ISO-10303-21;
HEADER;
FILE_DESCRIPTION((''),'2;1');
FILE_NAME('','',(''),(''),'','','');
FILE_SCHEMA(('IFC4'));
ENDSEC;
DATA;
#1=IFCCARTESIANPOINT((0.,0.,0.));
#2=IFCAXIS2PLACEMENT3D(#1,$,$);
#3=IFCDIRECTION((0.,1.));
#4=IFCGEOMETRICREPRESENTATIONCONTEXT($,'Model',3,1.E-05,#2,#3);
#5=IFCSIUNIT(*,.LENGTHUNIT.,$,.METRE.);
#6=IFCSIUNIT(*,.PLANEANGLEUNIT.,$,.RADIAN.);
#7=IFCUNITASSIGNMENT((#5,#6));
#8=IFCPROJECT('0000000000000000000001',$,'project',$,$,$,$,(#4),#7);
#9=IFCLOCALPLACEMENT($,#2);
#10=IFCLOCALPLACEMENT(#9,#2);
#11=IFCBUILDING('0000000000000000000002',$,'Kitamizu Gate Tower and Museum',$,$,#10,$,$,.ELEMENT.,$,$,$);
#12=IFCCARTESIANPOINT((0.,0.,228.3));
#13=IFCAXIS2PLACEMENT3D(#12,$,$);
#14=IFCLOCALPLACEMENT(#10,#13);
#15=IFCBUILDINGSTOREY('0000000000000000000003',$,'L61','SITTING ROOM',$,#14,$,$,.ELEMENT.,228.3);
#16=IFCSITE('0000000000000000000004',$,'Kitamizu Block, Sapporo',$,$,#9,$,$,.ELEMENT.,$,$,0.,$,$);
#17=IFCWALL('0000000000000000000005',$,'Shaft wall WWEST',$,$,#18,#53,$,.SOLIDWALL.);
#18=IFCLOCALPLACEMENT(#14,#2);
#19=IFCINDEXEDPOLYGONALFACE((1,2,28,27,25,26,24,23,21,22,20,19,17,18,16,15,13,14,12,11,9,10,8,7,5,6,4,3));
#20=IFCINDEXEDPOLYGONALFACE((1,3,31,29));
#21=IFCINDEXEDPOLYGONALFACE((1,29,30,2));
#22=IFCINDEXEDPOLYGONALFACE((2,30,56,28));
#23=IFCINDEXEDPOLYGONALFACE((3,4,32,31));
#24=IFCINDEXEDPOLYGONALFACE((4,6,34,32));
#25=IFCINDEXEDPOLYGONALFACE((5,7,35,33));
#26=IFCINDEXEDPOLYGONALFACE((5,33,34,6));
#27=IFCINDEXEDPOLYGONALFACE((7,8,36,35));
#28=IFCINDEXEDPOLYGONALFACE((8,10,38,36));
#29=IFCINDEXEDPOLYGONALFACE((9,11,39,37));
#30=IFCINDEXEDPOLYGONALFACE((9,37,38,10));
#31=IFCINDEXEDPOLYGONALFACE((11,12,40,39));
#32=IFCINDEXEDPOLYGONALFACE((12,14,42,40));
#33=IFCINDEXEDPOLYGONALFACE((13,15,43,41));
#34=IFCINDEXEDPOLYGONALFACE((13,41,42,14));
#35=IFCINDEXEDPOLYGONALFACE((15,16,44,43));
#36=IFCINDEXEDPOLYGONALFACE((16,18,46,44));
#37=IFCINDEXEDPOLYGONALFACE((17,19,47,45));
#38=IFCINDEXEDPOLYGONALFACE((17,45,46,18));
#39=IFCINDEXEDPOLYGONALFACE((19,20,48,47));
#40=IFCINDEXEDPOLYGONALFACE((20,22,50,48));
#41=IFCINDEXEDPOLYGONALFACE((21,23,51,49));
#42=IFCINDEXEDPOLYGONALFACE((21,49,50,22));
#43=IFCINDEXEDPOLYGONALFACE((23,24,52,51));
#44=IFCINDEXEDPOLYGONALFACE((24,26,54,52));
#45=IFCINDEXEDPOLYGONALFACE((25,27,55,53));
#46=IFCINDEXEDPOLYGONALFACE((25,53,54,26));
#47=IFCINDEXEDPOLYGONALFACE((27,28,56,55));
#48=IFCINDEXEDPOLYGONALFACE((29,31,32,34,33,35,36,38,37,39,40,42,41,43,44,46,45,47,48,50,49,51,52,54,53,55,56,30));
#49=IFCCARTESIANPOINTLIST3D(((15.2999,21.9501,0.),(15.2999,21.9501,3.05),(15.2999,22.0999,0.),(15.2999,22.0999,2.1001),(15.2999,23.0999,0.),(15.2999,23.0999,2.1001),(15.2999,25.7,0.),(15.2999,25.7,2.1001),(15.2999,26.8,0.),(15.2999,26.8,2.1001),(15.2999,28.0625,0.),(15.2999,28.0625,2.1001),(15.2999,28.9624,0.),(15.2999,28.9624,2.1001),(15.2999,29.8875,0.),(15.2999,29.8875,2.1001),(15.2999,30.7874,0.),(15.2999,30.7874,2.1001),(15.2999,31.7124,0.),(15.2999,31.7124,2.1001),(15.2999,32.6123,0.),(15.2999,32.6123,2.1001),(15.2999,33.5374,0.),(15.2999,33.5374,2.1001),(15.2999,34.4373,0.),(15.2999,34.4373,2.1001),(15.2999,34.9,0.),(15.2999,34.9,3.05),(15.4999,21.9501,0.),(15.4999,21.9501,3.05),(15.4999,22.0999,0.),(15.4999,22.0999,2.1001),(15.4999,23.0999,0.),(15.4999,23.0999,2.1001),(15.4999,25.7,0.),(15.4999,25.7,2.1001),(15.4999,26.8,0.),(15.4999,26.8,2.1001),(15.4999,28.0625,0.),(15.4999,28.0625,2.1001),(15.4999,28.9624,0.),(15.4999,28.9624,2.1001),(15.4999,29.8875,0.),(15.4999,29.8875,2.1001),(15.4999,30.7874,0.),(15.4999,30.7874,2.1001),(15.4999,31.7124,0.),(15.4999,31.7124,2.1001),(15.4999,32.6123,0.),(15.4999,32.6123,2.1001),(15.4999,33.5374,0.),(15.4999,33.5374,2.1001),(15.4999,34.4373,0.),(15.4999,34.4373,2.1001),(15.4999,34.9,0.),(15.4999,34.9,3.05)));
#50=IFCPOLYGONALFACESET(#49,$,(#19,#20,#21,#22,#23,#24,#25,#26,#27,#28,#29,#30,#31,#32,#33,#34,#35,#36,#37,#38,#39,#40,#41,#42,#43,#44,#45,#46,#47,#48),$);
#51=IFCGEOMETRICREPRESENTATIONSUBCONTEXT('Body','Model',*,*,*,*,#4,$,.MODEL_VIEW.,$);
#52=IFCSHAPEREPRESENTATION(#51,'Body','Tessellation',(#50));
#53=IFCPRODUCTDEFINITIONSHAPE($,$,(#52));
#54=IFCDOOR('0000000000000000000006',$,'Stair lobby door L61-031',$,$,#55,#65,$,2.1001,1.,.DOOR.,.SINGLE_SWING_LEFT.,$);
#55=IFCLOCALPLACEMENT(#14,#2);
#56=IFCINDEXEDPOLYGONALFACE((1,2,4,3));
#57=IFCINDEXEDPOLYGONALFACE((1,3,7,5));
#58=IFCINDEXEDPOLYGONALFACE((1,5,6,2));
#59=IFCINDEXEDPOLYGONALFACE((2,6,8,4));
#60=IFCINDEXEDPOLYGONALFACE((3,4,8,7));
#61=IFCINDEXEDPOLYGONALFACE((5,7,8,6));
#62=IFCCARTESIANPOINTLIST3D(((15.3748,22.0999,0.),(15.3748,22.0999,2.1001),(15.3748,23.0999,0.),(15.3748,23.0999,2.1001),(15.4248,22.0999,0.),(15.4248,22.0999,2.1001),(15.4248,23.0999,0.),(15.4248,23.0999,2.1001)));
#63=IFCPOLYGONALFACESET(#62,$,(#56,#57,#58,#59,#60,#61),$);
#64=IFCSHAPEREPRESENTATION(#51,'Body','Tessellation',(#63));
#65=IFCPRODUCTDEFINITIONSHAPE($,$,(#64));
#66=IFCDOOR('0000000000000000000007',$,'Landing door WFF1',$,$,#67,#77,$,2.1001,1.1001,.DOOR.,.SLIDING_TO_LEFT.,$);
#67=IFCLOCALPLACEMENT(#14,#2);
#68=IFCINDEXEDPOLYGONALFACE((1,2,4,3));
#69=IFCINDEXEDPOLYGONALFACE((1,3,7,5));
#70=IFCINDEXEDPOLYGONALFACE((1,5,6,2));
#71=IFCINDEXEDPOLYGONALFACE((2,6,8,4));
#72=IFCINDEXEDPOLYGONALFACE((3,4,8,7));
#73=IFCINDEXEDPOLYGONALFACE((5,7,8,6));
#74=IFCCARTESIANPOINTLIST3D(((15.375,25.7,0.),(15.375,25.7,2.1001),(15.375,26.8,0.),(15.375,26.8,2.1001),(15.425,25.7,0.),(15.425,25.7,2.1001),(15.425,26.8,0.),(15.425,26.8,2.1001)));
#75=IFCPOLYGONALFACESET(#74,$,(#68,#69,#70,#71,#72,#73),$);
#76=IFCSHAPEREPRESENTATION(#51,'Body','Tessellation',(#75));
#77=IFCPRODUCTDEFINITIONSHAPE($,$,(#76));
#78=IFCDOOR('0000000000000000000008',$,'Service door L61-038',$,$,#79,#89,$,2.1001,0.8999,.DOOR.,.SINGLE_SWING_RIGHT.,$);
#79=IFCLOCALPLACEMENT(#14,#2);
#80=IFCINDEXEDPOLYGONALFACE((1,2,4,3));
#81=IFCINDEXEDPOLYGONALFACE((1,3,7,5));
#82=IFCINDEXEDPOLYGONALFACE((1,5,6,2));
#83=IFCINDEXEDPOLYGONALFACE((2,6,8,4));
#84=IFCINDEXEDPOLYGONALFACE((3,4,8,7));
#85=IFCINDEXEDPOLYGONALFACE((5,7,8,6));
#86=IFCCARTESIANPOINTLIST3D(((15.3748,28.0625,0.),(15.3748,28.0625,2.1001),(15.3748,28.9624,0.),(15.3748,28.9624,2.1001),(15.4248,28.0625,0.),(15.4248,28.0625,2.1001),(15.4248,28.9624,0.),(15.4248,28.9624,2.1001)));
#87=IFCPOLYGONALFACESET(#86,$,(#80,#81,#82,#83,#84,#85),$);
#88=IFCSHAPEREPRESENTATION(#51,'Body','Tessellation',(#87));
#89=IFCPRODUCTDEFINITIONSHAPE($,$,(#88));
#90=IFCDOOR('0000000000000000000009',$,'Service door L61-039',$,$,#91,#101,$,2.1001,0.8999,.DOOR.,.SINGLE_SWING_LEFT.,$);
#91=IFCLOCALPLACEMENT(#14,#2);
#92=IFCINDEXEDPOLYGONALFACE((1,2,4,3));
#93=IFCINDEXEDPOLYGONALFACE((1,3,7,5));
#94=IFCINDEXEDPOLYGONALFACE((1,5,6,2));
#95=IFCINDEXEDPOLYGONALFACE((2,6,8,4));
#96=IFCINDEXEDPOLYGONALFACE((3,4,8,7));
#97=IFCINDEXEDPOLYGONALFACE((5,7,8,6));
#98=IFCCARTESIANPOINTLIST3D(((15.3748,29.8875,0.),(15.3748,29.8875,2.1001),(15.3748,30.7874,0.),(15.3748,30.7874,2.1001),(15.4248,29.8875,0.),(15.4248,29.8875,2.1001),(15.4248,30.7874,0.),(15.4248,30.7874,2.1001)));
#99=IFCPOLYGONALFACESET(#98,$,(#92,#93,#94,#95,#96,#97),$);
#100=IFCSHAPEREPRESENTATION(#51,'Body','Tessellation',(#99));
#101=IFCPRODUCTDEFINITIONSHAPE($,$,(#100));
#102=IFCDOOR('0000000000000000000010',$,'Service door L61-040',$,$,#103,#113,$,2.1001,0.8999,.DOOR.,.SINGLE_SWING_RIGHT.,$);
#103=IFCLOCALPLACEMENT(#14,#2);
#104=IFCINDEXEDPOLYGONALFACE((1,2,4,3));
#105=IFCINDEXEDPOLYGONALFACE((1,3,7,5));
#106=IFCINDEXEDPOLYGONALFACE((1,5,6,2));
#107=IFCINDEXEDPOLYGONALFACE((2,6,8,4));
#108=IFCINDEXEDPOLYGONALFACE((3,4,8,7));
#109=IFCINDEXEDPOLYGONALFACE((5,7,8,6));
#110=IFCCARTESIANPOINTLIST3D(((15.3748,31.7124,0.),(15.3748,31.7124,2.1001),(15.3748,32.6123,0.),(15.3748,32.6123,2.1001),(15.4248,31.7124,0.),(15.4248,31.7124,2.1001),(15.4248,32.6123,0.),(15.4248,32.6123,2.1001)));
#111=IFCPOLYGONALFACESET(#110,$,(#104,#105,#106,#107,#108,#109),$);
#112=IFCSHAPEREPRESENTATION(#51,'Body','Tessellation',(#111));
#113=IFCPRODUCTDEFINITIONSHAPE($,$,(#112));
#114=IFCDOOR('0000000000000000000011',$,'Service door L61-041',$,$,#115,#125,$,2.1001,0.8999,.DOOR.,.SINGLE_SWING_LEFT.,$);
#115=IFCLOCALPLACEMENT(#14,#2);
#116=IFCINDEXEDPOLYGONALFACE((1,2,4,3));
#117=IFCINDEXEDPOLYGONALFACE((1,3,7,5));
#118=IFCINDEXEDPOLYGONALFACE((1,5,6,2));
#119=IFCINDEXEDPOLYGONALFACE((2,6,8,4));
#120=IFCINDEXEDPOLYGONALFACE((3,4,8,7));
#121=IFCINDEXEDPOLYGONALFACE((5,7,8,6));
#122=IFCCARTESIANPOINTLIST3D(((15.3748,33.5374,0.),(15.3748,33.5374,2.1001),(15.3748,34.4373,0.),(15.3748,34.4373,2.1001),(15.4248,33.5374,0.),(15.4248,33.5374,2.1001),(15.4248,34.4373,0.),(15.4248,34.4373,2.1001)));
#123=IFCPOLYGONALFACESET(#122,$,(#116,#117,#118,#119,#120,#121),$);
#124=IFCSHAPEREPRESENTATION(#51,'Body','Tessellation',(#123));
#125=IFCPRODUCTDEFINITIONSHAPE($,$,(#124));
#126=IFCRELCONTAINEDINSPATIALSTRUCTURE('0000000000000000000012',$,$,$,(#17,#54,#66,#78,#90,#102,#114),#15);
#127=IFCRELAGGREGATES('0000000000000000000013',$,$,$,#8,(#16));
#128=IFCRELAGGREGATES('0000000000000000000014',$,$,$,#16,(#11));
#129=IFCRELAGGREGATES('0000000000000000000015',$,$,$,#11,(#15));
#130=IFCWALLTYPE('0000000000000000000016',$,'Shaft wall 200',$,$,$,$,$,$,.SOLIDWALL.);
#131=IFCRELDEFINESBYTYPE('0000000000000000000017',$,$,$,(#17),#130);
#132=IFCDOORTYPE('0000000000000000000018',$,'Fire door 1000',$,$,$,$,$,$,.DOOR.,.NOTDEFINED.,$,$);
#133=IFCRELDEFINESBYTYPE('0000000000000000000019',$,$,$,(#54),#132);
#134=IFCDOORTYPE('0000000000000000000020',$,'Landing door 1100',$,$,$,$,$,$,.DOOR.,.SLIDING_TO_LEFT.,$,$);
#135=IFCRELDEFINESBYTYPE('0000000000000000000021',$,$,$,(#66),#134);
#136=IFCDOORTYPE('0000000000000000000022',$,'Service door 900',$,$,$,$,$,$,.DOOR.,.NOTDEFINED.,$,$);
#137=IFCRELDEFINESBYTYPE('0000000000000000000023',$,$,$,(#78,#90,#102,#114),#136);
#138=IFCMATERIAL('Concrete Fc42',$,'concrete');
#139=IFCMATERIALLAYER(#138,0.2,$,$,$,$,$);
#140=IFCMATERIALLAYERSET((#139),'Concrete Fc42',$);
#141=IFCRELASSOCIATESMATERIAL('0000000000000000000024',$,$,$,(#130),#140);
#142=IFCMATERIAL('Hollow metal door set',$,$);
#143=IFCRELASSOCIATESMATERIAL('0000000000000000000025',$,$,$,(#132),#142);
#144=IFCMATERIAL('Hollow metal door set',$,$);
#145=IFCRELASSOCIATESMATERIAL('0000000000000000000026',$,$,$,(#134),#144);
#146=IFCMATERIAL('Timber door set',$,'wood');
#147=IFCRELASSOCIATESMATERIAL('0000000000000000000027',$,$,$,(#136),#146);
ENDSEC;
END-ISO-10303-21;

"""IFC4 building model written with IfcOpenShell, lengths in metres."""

from ifc_helpers import new_model, si_unit, direction, frame, frame_2d, origin, place, context, subcontext, project, spatial, rectangle, extrude, material, layer, layer_set, type_object, element, fill, save


model = new_model("IFC4")

# Units and contexts
model_context = context("Model", 3, precision=1e-05, world=origin(), true_north=direction((0.0, 1.0)))
body_context = subcontext(model_context, "Body", "Model", "MODEL_VIEW")
ifc_project = project(units=[si_unit("LENGTHUNIT", "METRE"), si_unit("PLANEANGLEUNIT", "RADIAN")], contexts=[model_context])

# Site, building, storey
site_placement = place(None, origin())
site = spatial("IfcSite", under=ifc_project, at=site_placement, Name="Kitamizu Block, Sapporo", CompositionType="ELEMENT", RefElevation=0.0)
building_placement = place(site_placement, origin())
building = spatial("IfcBuilding", under=site, at=building_placement, Name="Kitamizu Gate Tower and Museum", CompositionType="ELEMENT")
storey_placement = place(building_placement, frame((0.0, 0.0, 228.3)))
storey = spatial("IfcBuildingStorey", under=building, at=storey_placement, Name="L61", Description="SITTING ROOM", CompositionType="ELEMENT", Elevation=228.3)

# Wall, openings, doors
ifc_material_1 = material(Name="Concrete Fc42", Category="concrete")
ifc_layer_1 = layer(ifc_material_1, 0.2)
ifc_layer_set_1 = layer_set([ifc_layer_1], Name="Concrete Fc42")
wall_type_1 = type_object("IfcWallType", Name="Shaft wall 200", PredefinedType="SOLIDWALL", material=ifc_layer_set_1)
wall_1_placement = place(storey_placement, frame((15.3999, 21.95, 0.0), z_axis=(0.0, 0.0, 1.0), x_axis=(0.0, 1.0, 0.0)))
wall_1 = element("IfcWall", 1, at=wall_1_placement, inside=storey, type_object=wall_type_1, Name="Shaft wall WWEST", PredefinedType="SOLIDWALL", context=body_context, shape_type="SweptSolid", body=[
    extrude(rectangle(XDim=12.95, YDim=0.2, at=frame_2d((6.4751, 0.0))), origin(), (0.0, 0.0, 1.0), 3.05),
])
opening_1_placement = place(wall_1_placement, frame((3.75, 0.0, 0.0)))
opening_1 = element("IfcOpeningElement", 2, at=opening_1_placement, cuts=wall_1, PredefinedType="OPENING", context=body_context, shape_type="SweptSolid", body=[
    extrude(rectangle(XDim=1.1001, YDim=2.1001, at=frame_2d((0.55, 1.05))), frame((0.0, 0.1099, 0.0), z_axis=(0.0, -1.0, 0.0), x_axis=(1.0, 0.0, 0.0)), (0.0, 0.0, 1.0), 0.22),
])
opening_2_placement = place(wall_1_placement, frame((0.1499, 0.0, 0.0)))
opening_2 = element("IfcOpeningElement", 3, at=opening_2_placement, cuts=wall_1, PredefinedType="OPENING", context=body_context, shape_type="SweptSolid", body=[
    extrude(rectangle(XDim=1.0, YDim=2.1001, at=frame_2d((0.5, 1.05))), frame((0.0, 0.1099, 0.0), z_axis=(0.0, -1.0, 0.0), x_axis=(1.0, 0.0, 0.0)), (0.0, 0.0, 1.0), 0.22),
])
opening_3_placement = place(wall_1_placement, frame((6.1125, 0.0, 0.0)))
opening_3 = element("IfcOpeningElement", 4, at=opening_3_placement, cuts=wall_1, PredefinedType="OPENING", context=body_context, shape_type="SweptSolid", body=[
    extrude(rectangle(XDim=0.8999, YDim=2.1001, at=frame_2d((0.45, 1.05))), frame((0.0, 0.1099, 0.0), z_axis=(0.0, -1.0, 0.0), x_axis=(1.0, 0.0, 0.0)), (0.0, 0.0, 1.0), 0.22),
])
opening_4_placement = place(wall_1_placement, frame((7.9375, 0.0, 0.0)))
opening_4 = element("IfcOpeningElement", 5, at=opening_4_placement, cuts=wall_1, PredefinedType="OPENING", context=body_context, shape_type="SweptSolid", body=[
    extrude(rectangle(XDim=0.8999, YDim=2.1001, at=frame_2d((0.45, 1.05))), frame((0.0, 0.1099, 0.0), z_axis=(0.0, -1.0, 0.0), x_axis=(1.0, 0.0, 0.0)), (0.0, 0.0, 1.0), 0.22),
])
opening_5_placement = place(wall_1_placement, frame((9.7625, 0.0, 0.0)))
opening_5 = element("IfcOpeningElement", 6, at=opening_5_placement, cuts=wall_1, PredefinedType="OPENING", context=body_context, shape_type="SweptSolid", body=[
    extrude(rectangle(XDim=0.8999, YDim=2.1001, at=frame_2d((0.45, 1.05))), frame((0.0, 0.1099, 0.0), z_axis=(0.0, -1.0, 0.0), x_axis=(1.0, 0.0, 0.0)), (0.0, 0.0, 1.0), 0.22),
])
opening_6_placement = place(wall_1_placement, frame((11.5874, 0.0, 0.0)))
opening_6 = element("IfcOpeningElement", 7, at=opening_6_placement, cuts=wall_1, PredefinedType="OPENING", context=body_context, shape_type="SweptSolid", body=[
    extrude(rectangle(XDim=0.8999, YDim=2.1001, at=frame_2d((0.45, 1.05))), frame((0.0, 0.1099, 0.0), z_axis=(0.0, -1.0, 0.0), x_axis=(1.0, 0.0, 0.0)), (0.0, 0.0, 1.0), 0.22),
])
ifc_material_2 = material(Name="Hollow metal door set")
door_type_1 = type_object("IfcDoorType", Name="Fire door 1000", OperationType="NOTDEFINED", PredefinedType="DOOR", material=ifc_material_2)
door_1_placement = place(opening_2_placement, frame((1.0, 0.0, 0.0), x_axis=(-1.0, 0.0, 0.0)))
door_1 = element("IfcDoor", 8, at=door_1_placement, inside=storey, type_object=door_type_1, Name="Stair lobby door L61-031", OperationType="SINGLE_SWING_LEFT", OverallHeight=2.1001, OverallWidth=1.0, PredefinedType="DOOR", context=body_context, shape_type="SweptSolid", body=[
    extrude(rectangle(XDim=1.0, YDim=2.1001, at=frame_2d((0.5, 1.05))), frame((0.0, 0.0249, 0.0), z_axis=(0.0, -1.0, 0.0), x_axis=(1.0, 0.0, 0.0)), (0.0, 0.0, 1.0), 0.05),
])
fill(opening_2, door_1)
ifc_material_3 = material(Name="Hollow metal door set")
door_type_2 = type_object("IfcDoorType", Name="Landing door 1100", OperationType="SLIDING_TO_LEFT", PredefinedType="DOOR", material=ifc_material_3)
door_2_placement = place(opening_1_placement, origin())
door_2 = element("IfcDoor", 9, at=door_2_placement, inside=storey, type_object=door_type_2, Name="Landing door WFF1", OperationType="SLIDING_TO_LEFT", OverallHeight=2.1001, OverallWidth=1.1001, PredefinedType="DOOR", context=body_context, shape_type="SweptSolid", body=[
    extrude(rectangle(XDim=1.1001, YDim=2.1001, at=frame_2d((0.55, 1.05))), frame((0.0, 0.0249, 0.0), z_axis=(0.0, -1.0, 0.0), x_axis=(1.0, 0.0, 0.0)), (0.0, 0.0, 1.0), 0.05),
])
fill(opening_1, door_2)
ifc_material_4 = material(Name="Timber door set", Category="wood")
door_type_3 = type_object("IfcDoorType", Name="Service door 900", OperationType="NOTDEFINED", PredefinedType="DOOR", material=ifc_material_4)
door_3_placement = place(opening_3_placement, frame((0.8999, 0.0, 0.0), x_axis=(-1.0, 0.0, 0.0)))
door_3 = element("IfcDoor", 10, at=door_3_placement, inside=storey, type_object=door_type_3, Name="Service door L61-038", OperationType="SINGLE_SWING_RIGHT", OverallHeight=2.1001, OverallWidth=0.8999, PredefinedType="DOOR", context=body_context, shape_type="SweptSolid", body=[
    extrude(rectangle(XDim=0.8999, YDim=2.1001, at=frame_2d((0.45, 1.05))), frame((0.0, 0.0249, 0.0), z_axis=(0.0, -1.0, 0.0), x_axis=(1.0, 0.0, 0.0)), (0.0, 0.0, 1.0), 0.05),
])
fill(opening_3, door_3)
door_4_placement = place(opening_4_placement, frame((0.8999, 0.0, 0.0), x_axis=(-1.0, 0.0, 0.0)))
door_4 = element("IfcDoor", 11, at=door_4_placement, inside=storey, type_object=door_type_3, Name="Service door L61-039", OperationType="SINGLE_SWING_LEFT", OverallHeight=2.1001, OverallWidth=0.8999, PredefinedType="DOOR", context=body_context, shape_type="SweptSolid", body=[
    extrude(rectangle(XDim=0.8999, YDim=2.1001, at=frame_2d((0.45, 1.05))), frame((0.0, 0.0249, 0.0), z_axis=(0.0, -1.0, 0.0), x_axis=(1.0, 0.0, 0.0)), (0.0, 0.0, 1.0), 0.05),
])
fill(opening_4, door_4)
door_5_placement = place(opening_5_placement, frame((0.8999, 0.0, 0.0), x_axis=(-1.0, 0.0, 0.0)))
door_5 = element("IfcDoor", 12, at=door_5_placement, inside=storey, type_object=door_type_3, Name="Service door L61-040", OperationType="SINGLE_SWING_RIGHT", OverallHeight=2.1001, OverallWidth=0.8999, PredefinedType="DOOR", context=body_context, shape_type="SweptSolid", body=[
    extrude(rectangle(XDim=0.8999, YDim=2.1001, at=frame_2d((0.45, 1.05))), frame((0.0, 0.0249, 0.0), z_axis=(0.0, -1.0, 0.0), x_axis=(1.0, 0.0, 0.0)), (0.0, 0.0, 1.0), 0.05),
])
fill(opening_5, door_5)
door_6_placement = place(opening_6_placement, frame((0.8999, 0.0, 0.0), x_axis=(-1.0, 0.0, 0.0)))
door_6 = element("IfcDoor", 13, at=door_6_placement, inside=storey, type_object=door_type_3, Name="Service door L61-041", OperationType="SINGLE_SWING_LEFT", OverallHeight=2.1001, OverallWidth=0.8999, PredefinedType="DOOR", context=body_context, shape_type="SweptSolid", body=[
    extrude(rectangle(XDim=0.8999, YDim=2.1001, at=frame_2d((0.45, 1.05))), frame((0.0, 0.0249, 0.0), z_axis=(0.0, -1.0, 0.0), x_axis=(1.0, 0.0, 0.0)), (0.0, 0.0, 1.0), 0.05),
])
fill(opening_6, door_6)

save(model, "model.ifc")
